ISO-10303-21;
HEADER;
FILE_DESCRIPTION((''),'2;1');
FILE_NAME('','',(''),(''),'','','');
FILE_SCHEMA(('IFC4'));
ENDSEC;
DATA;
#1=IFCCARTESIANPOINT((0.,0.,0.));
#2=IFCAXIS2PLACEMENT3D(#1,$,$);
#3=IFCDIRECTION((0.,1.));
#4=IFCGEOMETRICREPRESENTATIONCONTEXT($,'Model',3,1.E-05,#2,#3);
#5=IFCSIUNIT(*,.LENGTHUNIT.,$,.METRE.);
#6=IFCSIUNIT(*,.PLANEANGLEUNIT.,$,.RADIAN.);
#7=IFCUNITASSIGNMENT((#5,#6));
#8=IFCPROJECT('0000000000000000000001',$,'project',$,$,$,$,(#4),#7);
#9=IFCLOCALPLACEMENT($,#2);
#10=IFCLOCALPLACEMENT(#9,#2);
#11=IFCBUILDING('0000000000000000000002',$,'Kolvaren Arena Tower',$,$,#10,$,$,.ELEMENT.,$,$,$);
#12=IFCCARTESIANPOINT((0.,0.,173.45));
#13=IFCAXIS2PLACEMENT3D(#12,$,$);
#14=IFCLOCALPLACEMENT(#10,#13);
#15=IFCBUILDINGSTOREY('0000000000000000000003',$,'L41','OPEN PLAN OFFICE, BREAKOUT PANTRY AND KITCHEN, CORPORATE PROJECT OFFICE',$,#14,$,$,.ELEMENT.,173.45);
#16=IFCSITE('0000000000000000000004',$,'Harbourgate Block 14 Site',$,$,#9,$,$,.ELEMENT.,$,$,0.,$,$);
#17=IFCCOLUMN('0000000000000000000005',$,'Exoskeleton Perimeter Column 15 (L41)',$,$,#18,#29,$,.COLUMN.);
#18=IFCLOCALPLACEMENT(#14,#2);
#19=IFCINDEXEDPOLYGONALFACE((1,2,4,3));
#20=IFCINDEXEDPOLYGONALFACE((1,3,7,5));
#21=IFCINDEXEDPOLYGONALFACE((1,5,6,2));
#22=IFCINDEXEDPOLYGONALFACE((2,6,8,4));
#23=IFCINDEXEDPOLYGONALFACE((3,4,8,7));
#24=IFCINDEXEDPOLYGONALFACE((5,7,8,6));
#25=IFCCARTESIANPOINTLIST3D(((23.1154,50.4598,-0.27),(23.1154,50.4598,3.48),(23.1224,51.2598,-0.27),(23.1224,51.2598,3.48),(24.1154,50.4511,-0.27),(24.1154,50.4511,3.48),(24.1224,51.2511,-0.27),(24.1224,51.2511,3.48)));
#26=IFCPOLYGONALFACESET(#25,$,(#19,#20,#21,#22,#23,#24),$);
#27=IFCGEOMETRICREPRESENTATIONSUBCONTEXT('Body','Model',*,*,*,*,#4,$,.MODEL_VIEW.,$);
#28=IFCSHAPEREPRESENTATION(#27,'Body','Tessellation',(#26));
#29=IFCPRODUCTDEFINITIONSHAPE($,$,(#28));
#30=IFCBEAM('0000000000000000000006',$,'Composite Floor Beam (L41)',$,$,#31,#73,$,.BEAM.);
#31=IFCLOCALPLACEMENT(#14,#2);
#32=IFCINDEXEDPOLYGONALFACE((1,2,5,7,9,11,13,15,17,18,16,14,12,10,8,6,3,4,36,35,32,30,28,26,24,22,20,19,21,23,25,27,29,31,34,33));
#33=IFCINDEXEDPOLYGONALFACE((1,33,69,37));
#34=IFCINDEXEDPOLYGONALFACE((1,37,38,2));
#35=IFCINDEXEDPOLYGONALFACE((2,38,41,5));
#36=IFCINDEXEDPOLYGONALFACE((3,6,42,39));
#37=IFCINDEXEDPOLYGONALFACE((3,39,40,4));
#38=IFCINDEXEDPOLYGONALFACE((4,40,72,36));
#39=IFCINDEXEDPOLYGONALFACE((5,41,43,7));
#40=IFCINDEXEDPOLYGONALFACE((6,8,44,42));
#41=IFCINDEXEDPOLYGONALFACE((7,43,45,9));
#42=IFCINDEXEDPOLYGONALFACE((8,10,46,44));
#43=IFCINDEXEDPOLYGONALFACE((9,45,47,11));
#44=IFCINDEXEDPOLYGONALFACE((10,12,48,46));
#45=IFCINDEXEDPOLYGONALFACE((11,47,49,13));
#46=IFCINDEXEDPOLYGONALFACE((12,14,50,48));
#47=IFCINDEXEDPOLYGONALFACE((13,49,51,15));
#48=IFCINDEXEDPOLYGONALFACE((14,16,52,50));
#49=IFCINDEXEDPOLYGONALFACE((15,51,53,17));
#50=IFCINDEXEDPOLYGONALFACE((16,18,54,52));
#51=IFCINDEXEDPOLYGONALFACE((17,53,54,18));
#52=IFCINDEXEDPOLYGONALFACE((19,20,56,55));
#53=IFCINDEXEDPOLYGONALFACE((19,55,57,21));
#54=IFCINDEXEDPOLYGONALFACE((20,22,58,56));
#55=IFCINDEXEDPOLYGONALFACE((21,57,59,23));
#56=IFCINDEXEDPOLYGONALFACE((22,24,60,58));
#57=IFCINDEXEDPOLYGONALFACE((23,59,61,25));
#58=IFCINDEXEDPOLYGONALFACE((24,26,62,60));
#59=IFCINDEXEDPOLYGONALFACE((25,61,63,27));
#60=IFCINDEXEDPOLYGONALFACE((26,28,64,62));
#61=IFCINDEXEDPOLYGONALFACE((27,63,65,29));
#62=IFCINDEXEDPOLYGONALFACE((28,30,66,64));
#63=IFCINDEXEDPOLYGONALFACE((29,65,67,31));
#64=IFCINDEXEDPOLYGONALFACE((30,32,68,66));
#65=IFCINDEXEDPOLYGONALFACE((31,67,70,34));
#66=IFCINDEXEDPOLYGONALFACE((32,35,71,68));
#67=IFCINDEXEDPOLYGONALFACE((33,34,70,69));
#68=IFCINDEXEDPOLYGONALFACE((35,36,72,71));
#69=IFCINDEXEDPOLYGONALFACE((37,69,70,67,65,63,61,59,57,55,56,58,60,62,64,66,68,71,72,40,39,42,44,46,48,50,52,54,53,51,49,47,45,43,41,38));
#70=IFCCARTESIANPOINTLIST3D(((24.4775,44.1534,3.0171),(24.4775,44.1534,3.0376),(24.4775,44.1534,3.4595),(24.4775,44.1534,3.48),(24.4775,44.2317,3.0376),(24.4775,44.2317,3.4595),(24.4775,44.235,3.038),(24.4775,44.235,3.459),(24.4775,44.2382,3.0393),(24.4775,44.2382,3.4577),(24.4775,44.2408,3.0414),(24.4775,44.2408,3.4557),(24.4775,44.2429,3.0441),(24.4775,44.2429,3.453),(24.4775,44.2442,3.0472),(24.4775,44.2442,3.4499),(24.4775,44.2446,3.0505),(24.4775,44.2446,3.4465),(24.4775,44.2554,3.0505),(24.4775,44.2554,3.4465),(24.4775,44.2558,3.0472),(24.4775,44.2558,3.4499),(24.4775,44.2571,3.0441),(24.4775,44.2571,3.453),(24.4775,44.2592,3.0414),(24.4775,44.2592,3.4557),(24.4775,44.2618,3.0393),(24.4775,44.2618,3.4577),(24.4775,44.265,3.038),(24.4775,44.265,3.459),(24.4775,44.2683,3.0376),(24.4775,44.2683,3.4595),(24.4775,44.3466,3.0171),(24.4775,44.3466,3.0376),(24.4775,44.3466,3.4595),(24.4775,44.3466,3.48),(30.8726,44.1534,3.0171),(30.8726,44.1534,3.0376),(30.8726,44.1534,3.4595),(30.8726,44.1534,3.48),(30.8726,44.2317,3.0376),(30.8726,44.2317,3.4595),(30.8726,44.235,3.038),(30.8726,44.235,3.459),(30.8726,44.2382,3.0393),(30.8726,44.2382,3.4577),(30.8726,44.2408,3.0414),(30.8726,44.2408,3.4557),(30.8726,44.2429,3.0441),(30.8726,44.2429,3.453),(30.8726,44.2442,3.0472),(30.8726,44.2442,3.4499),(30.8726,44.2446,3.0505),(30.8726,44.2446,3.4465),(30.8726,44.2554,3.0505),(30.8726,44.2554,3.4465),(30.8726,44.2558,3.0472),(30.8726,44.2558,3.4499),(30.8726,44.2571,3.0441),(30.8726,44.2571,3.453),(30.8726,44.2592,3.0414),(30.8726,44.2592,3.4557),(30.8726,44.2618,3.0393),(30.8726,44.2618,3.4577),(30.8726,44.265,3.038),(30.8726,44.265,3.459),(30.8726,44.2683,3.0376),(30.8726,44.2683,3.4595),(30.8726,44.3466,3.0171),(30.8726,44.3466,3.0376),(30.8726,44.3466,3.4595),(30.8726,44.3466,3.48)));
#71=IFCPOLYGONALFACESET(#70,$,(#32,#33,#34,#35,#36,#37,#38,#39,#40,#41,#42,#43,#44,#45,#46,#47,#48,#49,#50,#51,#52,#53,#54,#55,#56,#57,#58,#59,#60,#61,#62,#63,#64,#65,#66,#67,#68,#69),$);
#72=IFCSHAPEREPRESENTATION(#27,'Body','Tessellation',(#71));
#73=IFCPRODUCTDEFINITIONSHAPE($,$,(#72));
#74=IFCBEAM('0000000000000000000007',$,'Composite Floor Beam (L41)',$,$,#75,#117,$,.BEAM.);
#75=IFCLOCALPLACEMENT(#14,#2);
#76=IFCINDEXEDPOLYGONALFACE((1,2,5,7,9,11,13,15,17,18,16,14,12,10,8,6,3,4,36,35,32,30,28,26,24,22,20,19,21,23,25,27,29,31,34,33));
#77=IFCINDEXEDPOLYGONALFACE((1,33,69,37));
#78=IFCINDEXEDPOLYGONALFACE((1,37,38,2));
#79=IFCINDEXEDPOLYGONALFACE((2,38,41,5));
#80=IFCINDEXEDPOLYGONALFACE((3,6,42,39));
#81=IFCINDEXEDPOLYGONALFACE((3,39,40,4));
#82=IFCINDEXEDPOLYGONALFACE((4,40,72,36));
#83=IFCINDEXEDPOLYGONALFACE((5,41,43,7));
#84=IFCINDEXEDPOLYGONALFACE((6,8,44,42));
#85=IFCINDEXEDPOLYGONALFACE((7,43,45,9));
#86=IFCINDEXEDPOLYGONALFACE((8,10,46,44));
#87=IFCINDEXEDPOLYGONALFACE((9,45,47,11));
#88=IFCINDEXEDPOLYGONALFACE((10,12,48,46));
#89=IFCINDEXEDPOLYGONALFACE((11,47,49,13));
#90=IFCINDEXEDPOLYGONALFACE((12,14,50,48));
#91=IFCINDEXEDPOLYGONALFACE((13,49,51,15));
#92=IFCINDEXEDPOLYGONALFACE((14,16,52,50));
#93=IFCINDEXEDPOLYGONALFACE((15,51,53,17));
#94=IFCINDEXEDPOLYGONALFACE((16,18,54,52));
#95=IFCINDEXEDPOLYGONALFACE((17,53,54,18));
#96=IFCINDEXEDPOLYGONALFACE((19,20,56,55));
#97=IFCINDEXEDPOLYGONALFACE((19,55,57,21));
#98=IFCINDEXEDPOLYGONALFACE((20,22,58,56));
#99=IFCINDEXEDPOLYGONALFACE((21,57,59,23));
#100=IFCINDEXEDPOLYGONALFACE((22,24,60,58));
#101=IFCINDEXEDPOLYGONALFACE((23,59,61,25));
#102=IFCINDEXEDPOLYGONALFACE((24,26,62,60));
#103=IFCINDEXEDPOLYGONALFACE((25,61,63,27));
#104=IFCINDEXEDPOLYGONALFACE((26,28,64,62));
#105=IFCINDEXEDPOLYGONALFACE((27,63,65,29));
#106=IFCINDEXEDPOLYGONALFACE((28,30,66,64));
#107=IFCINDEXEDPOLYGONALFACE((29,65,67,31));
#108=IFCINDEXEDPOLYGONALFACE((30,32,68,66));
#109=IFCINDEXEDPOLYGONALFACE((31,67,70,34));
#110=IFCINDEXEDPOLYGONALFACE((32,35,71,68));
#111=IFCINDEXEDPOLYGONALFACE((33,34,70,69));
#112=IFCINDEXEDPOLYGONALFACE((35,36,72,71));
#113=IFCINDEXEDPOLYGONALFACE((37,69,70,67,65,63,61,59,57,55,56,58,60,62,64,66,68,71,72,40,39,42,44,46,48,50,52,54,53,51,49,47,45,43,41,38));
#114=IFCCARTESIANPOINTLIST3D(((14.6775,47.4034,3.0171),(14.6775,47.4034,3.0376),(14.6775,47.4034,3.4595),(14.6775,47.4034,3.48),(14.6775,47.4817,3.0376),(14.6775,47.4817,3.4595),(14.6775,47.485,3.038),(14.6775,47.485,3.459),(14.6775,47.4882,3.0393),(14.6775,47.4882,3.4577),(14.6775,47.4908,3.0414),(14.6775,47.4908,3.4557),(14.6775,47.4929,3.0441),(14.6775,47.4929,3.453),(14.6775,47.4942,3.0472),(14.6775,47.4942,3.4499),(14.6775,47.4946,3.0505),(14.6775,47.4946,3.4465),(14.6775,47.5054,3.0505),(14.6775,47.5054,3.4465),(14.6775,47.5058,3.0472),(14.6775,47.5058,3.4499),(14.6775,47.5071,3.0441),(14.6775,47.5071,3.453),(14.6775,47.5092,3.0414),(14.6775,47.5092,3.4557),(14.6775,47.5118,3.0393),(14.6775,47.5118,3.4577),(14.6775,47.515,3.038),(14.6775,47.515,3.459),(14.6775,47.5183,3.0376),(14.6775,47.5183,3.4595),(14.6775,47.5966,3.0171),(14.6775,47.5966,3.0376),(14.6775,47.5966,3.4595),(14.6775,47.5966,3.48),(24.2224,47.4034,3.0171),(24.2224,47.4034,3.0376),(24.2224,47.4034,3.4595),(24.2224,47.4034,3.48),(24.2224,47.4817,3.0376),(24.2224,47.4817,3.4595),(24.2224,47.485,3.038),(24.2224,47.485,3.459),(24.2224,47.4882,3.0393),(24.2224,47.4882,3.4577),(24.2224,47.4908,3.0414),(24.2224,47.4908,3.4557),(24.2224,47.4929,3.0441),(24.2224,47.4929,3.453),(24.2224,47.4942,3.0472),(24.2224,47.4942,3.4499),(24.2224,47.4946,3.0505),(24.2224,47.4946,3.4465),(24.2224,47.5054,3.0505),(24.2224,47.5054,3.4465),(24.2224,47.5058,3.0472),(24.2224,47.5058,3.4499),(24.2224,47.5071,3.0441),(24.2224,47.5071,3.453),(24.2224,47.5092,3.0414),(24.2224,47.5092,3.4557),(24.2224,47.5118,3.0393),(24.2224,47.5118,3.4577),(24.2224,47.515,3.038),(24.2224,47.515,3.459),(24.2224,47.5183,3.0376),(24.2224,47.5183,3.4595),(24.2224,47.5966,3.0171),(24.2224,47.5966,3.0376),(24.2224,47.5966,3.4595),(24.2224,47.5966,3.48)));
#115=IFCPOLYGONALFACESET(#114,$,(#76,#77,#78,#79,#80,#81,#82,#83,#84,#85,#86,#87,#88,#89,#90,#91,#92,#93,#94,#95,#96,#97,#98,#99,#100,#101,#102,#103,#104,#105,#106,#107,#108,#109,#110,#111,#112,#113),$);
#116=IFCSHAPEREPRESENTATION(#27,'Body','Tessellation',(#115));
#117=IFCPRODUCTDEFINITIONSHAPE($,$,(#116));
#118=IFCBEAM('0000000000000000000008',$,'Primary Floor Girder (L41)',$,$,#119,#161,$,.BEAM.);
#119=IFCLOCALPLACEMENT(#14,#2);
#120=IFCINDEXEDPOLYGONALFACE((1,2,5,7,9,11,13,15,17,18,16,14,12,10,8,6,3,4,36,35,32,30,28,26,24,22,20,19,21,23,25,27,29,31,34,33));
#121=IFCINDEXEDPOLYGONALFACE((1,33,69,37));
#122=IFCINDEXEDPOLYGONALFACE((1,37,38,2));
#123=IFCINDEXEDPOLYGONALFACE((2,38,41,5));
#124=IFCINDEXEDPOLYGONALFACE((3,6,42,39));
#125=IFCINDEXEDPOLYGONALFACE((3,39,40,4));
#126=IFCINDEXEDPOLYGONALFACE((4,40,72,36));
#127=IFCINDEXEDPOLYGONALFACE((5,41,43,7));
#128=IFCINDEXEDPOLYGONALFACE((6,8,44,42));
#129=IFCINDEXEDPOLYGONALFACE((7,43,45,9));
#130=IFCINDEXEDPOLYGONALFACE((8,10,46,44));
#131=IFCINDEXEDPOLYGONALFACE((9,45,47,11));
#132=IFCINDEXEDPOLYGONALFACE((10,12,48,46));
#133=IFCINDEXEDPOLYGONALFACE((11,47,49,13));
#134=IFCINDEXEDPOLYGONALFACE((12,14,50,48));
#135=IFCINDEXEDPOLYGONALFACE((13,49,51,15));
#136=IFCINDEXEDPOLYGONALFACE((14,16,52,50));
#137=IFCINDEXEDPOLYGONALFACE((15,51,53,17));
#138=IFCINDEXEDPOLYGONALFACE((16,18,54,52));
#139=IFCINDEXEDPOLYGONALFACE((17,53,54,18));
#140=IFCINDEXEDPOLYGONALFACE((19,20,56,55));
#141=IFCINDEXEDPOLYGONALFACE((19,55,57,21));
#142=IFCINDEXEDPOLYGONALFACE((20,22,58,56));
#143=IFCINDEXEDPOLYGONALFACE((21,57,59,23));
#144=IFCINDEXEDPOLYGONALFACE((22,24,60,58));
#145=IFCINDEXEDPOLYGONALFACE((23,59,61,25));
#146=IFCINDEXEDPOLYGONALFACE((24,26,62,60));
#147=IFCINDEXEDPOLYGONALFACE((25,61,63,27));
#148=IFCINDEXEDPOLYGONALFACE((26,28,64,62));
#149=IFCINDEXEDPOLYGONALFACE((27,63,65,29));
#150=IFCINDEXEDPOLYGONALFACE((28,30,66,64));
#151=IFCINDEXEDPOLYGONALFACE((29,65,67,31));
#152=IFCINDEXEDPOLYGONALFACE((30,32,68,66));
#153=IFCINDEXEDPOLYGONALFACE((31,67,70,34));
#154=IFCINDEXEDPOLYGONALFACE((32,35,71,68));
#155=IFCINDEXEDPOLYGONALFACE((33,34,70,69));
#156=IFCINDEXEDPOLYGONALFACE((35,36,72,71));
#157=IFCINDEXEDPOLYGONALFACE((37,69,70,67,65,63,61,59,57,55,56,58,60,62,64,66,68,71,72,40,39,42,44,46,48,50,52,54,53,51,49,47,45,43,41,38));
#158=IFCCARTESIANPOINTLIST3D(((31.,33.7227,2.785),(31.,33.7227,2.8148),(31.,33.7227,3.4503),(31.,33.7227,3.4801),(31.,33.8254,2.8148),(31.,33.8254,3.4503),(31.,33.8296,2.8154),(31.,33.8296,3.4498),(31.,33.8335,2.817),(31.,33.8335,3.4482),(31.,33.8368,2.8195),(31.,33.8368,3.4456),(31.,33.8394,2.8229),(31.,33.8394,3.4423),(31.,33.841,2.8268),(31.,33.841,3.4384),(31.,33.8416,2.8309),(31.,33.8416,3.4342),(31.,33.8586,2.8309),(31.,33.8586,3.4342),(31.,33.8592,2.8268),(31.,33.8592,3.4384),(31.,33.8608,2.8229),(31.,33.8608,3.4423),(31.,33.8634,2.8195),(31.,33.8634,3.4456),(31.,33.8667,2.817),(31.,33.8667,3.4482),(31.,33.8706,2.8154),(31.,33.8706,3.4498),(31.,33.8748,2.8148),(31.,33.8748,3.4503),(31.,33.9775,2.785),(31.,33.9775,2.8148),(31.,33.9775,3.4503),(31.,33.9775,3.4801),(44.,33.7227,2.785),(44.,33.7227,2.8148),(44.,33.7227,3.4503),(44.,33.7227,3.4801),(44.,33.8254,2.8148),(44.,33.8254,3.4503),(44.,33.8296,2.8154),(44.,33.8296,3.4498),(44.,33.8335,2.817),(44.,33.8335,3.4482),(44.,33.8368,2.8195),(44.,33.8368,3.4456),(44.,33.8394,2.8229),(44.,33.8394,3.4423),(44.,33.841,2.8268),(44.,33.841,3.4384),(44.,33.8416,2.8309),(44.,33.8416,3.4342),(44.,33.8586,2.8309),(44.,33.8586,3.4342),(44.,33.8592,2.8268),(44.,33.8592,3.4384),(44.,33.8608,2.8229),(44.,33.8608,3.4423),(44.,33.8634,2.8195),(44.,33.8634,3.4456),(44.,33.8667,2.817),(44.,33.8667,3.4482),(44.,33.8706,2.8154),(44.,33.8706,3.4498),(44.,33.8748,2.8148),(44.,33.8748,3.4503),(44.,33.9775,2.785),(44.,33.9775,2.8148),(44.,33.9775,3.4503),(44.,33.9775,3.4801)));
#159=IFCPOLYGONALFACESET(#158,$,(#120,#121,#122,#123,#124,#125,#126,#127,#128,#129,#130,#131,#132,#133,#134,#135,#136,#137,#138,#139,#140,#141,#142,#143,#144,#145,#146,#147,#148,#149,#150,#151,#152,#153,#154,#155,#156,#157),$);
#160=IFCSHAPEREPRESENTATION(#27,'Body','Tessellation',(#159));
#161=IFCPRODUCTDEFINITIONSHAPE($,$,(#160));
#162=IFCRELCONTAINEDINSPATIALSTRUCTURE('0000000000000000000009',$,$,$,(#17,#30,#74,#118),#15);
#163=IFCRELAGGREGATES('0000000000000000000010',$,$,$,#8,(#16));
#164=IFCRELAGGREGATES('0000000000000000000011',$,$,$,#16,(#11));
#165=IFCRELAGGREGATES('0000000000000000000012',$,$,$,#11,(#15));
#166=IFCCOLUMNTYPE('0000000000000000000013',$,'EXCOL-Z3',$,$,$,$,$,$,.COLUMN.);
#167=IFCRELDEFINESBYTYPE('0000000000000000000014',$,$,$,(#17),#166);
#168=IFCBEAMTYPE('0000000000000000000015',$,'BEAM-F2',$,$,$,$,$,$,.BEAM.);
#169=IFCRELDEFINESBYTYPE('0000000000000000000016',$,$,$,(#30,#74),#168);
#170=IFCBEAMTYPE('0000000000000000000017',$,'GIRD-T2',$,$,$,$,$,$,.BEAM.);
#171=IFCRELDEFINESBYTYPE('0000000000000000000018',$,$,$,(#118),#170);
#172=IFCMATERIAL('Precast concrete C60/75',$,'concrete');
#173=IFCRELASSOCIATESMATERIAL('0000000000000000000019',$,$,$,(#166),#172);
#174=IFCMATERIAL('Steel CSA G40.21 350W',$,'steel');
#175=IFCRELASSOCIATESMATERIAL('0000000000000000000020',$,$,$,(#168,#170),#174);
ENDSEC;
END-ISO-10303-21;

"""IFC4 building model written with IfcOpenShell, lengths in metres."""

from ifc_helpers import new_model, si_unit, direction, frame, origin, origin_2d, place, context, subcontext, project, spatial, rectangle, i_section, extrude, material, material_profile, profile_set, type_object, element, save


model = new_model("IFC4")

# Units and contexts
model_context = context("Model", 3, precision=1e-05, world=origin(), true_north=direction((0.0, 1.0)))
body_context = subcontext(model_context, "Body", "Model", "MODEL_VIEW")
ifc_project = project(units=[si_unit("LENGTHUNIT", "METRE"), si_unit("PLANEANGLEUNIT", "RADIAN")], contexts=[model_context])

# Site, building, storey
site_placement = place(None, origin())
site = spatial("IfcSite", under=ifc_project, at=site_placement, Name="Harbourgate Block 14 Site", CompositionType="ELEMENT", RefElevation=0.0)
building_placement = place(site_placement, origin())
building = spatial("IfcBuilding", under=site, at=building_placement, Name="Kolvaren Arena Tower", CompositionType="ELEMENT")
storey_placement = place(building_placement, frame((0.0, 0.0, 173.45)))
storey = spatial("IfcBuildingStorey", under=building, at=storey_placement, Name="L41", Description="OPEN PLAN OFFICE, BREAKOUT PANTRY AND KITCHEN, CORPORATE PROJECT OFFICE", CompositionType="ELEMENT", Elevation=173.45)

# Column
ifc_material_1 = material(Name="Precast concrete C60/75", Category="concrete")
ifc_material_profile_1 = material_profile(ifc_material_1, rectangle(XDim=1.0, YDim=0.8, at=origin_2d()), Name="RC-1000x800")
ifc_profile_set_1 = profile_set([ifc_material_profile_1], Name="Precast concrete C60/75")
column_type = type_object("IfcColumnType", Name="EXCOL-Z3", PredefinedType="COLUMN", material=ifc_profile_set_1)
column_placement = place(storey_placement, frame((23.6189, 50.8555, -0.27), z_axis=(0.0, 0.0, 1.0), x_axis=(0.999962, -0.008727, 0.0)))
element("IfcColumn", 1, at=column_placement, inside=storey, type_object=column_type, Name="Exoskeleton Perimeter Column 15 (L41)", PredefinedType="COLUMN", context=body_context, shape_type="SweptSolid", body=[
    extrude(rectangle(XDim=1.0, YDim=0.8, at=origin_2d()), origin(), (0.0, 0.0, 1.0), 3.75),
])

# Beams
ifc_material_2 = material(Name="Steel CSA G40.21 350W", Category="steel")
ifc_material_profile_2 = material_profile(ifc_material_2, i_section(OverallWidth=0.1931, OverallDepth=0.4629, WebThickness=0.0107, FlangeThickness=0.0205, FilletRadius=0.0129, at=origin_2d()), Name="W460x113")
ifc_profile_set_2 = profile_set([ifc_material_profile_2], Name="Steel CSA G40.21 350W")
beam_type_1 = type_object("IfcBeamType", Name="BEAM-F2", PredefinedType="BEAM", material=ifc_profile_set_2)
beam_1_placement = place(storey_placement, frame((24.4775, 44.25, 3.2485), z_axis=(1.0, 0.0, 0.0), x_axis=(0.0, 1.0, 0.0)))
element("IfcBeam", 2, at=beam_1_placement, inside=storey, type_object=beam_type_1, Name="Composite Floor Beam (L41)", PredefinedType="BEAM", context=body_context, shape_type="SweptSolid", body=[
    extrude(i_section(OverallWidth=0.1931, OverallDepth=0.4629, WebThickness=0.0107, FlangeThickness=0.0205, FilletRadius=0.0129, at=origin_2d()), origin(), (0.0, 0.0, 1.0), 6.395),
])
beam_2_placement = place(storey_placement, frame((14.6775, 47.5, 3.2485), z_axis=(1.0, 0.0, 0.0), x_axis=(0.0, 1.0, 0.0)))
element("IfcBeam", 3, at=beam_2_placement, inside=storey, type_object=beam_type_1, Name="Composite Floor Beam (L41)", PredefinedType="BEAM", context=body_context, shape_type="SweptSolid", body=[
    extrude(i_section(OverallWidth=0.1931, OverallDepth=0.4629, WebThickness=0.0107, FlangeThickness=0.0205, FilletRadius=0.0129, at=origin_2d()), origin(), (0.0, 0.0, 1.0), 9.5449),
])
ifc_material_profile_3 = material_profile(ifc_material_2, i_section(OverallWidth=0.2549, OverallDepth=0.6951, WebThickness=0.0171, FlangeThickness=0.0298, FilletRadius=0.0161, at=origin_2d()), Name="W690x217")
ifc_profile_set_3 = profile_set([ifc_material_profile_3], Name="Steel CSA G40.21 350W")
beam_type_2 = type_object("IfcBeamType", Name="GIRD-T2", PredefinedType="BEAM", material=ifc_profile_set_3)
beam_3_placement = place(storey_placement, frame((31.0, 33.8501, 3.1326), z_axis=(1.0, 0.0, 0.0), x_axis=(0.0, 1.0, 0.0)))
element("IfcBeam", 4, at=beam_3_placement, inside=storey, type_object=beam_type_2, Name="Primary Floor Girder (L41)", PredefinedType="BEAM", context=body_context, shape_type="SweptSolid", body=[
    extrude(i_section(OverallWidth=0.2549, OverallDepth=0.6951, WebThickness=0.0171, FlangeThickness=0.0298, FilletRadius=0.0161, at=origin_2d()), origin(), (0.0, 0.0, 1.0), 13.0),
])

save(model, "model.ifc")
